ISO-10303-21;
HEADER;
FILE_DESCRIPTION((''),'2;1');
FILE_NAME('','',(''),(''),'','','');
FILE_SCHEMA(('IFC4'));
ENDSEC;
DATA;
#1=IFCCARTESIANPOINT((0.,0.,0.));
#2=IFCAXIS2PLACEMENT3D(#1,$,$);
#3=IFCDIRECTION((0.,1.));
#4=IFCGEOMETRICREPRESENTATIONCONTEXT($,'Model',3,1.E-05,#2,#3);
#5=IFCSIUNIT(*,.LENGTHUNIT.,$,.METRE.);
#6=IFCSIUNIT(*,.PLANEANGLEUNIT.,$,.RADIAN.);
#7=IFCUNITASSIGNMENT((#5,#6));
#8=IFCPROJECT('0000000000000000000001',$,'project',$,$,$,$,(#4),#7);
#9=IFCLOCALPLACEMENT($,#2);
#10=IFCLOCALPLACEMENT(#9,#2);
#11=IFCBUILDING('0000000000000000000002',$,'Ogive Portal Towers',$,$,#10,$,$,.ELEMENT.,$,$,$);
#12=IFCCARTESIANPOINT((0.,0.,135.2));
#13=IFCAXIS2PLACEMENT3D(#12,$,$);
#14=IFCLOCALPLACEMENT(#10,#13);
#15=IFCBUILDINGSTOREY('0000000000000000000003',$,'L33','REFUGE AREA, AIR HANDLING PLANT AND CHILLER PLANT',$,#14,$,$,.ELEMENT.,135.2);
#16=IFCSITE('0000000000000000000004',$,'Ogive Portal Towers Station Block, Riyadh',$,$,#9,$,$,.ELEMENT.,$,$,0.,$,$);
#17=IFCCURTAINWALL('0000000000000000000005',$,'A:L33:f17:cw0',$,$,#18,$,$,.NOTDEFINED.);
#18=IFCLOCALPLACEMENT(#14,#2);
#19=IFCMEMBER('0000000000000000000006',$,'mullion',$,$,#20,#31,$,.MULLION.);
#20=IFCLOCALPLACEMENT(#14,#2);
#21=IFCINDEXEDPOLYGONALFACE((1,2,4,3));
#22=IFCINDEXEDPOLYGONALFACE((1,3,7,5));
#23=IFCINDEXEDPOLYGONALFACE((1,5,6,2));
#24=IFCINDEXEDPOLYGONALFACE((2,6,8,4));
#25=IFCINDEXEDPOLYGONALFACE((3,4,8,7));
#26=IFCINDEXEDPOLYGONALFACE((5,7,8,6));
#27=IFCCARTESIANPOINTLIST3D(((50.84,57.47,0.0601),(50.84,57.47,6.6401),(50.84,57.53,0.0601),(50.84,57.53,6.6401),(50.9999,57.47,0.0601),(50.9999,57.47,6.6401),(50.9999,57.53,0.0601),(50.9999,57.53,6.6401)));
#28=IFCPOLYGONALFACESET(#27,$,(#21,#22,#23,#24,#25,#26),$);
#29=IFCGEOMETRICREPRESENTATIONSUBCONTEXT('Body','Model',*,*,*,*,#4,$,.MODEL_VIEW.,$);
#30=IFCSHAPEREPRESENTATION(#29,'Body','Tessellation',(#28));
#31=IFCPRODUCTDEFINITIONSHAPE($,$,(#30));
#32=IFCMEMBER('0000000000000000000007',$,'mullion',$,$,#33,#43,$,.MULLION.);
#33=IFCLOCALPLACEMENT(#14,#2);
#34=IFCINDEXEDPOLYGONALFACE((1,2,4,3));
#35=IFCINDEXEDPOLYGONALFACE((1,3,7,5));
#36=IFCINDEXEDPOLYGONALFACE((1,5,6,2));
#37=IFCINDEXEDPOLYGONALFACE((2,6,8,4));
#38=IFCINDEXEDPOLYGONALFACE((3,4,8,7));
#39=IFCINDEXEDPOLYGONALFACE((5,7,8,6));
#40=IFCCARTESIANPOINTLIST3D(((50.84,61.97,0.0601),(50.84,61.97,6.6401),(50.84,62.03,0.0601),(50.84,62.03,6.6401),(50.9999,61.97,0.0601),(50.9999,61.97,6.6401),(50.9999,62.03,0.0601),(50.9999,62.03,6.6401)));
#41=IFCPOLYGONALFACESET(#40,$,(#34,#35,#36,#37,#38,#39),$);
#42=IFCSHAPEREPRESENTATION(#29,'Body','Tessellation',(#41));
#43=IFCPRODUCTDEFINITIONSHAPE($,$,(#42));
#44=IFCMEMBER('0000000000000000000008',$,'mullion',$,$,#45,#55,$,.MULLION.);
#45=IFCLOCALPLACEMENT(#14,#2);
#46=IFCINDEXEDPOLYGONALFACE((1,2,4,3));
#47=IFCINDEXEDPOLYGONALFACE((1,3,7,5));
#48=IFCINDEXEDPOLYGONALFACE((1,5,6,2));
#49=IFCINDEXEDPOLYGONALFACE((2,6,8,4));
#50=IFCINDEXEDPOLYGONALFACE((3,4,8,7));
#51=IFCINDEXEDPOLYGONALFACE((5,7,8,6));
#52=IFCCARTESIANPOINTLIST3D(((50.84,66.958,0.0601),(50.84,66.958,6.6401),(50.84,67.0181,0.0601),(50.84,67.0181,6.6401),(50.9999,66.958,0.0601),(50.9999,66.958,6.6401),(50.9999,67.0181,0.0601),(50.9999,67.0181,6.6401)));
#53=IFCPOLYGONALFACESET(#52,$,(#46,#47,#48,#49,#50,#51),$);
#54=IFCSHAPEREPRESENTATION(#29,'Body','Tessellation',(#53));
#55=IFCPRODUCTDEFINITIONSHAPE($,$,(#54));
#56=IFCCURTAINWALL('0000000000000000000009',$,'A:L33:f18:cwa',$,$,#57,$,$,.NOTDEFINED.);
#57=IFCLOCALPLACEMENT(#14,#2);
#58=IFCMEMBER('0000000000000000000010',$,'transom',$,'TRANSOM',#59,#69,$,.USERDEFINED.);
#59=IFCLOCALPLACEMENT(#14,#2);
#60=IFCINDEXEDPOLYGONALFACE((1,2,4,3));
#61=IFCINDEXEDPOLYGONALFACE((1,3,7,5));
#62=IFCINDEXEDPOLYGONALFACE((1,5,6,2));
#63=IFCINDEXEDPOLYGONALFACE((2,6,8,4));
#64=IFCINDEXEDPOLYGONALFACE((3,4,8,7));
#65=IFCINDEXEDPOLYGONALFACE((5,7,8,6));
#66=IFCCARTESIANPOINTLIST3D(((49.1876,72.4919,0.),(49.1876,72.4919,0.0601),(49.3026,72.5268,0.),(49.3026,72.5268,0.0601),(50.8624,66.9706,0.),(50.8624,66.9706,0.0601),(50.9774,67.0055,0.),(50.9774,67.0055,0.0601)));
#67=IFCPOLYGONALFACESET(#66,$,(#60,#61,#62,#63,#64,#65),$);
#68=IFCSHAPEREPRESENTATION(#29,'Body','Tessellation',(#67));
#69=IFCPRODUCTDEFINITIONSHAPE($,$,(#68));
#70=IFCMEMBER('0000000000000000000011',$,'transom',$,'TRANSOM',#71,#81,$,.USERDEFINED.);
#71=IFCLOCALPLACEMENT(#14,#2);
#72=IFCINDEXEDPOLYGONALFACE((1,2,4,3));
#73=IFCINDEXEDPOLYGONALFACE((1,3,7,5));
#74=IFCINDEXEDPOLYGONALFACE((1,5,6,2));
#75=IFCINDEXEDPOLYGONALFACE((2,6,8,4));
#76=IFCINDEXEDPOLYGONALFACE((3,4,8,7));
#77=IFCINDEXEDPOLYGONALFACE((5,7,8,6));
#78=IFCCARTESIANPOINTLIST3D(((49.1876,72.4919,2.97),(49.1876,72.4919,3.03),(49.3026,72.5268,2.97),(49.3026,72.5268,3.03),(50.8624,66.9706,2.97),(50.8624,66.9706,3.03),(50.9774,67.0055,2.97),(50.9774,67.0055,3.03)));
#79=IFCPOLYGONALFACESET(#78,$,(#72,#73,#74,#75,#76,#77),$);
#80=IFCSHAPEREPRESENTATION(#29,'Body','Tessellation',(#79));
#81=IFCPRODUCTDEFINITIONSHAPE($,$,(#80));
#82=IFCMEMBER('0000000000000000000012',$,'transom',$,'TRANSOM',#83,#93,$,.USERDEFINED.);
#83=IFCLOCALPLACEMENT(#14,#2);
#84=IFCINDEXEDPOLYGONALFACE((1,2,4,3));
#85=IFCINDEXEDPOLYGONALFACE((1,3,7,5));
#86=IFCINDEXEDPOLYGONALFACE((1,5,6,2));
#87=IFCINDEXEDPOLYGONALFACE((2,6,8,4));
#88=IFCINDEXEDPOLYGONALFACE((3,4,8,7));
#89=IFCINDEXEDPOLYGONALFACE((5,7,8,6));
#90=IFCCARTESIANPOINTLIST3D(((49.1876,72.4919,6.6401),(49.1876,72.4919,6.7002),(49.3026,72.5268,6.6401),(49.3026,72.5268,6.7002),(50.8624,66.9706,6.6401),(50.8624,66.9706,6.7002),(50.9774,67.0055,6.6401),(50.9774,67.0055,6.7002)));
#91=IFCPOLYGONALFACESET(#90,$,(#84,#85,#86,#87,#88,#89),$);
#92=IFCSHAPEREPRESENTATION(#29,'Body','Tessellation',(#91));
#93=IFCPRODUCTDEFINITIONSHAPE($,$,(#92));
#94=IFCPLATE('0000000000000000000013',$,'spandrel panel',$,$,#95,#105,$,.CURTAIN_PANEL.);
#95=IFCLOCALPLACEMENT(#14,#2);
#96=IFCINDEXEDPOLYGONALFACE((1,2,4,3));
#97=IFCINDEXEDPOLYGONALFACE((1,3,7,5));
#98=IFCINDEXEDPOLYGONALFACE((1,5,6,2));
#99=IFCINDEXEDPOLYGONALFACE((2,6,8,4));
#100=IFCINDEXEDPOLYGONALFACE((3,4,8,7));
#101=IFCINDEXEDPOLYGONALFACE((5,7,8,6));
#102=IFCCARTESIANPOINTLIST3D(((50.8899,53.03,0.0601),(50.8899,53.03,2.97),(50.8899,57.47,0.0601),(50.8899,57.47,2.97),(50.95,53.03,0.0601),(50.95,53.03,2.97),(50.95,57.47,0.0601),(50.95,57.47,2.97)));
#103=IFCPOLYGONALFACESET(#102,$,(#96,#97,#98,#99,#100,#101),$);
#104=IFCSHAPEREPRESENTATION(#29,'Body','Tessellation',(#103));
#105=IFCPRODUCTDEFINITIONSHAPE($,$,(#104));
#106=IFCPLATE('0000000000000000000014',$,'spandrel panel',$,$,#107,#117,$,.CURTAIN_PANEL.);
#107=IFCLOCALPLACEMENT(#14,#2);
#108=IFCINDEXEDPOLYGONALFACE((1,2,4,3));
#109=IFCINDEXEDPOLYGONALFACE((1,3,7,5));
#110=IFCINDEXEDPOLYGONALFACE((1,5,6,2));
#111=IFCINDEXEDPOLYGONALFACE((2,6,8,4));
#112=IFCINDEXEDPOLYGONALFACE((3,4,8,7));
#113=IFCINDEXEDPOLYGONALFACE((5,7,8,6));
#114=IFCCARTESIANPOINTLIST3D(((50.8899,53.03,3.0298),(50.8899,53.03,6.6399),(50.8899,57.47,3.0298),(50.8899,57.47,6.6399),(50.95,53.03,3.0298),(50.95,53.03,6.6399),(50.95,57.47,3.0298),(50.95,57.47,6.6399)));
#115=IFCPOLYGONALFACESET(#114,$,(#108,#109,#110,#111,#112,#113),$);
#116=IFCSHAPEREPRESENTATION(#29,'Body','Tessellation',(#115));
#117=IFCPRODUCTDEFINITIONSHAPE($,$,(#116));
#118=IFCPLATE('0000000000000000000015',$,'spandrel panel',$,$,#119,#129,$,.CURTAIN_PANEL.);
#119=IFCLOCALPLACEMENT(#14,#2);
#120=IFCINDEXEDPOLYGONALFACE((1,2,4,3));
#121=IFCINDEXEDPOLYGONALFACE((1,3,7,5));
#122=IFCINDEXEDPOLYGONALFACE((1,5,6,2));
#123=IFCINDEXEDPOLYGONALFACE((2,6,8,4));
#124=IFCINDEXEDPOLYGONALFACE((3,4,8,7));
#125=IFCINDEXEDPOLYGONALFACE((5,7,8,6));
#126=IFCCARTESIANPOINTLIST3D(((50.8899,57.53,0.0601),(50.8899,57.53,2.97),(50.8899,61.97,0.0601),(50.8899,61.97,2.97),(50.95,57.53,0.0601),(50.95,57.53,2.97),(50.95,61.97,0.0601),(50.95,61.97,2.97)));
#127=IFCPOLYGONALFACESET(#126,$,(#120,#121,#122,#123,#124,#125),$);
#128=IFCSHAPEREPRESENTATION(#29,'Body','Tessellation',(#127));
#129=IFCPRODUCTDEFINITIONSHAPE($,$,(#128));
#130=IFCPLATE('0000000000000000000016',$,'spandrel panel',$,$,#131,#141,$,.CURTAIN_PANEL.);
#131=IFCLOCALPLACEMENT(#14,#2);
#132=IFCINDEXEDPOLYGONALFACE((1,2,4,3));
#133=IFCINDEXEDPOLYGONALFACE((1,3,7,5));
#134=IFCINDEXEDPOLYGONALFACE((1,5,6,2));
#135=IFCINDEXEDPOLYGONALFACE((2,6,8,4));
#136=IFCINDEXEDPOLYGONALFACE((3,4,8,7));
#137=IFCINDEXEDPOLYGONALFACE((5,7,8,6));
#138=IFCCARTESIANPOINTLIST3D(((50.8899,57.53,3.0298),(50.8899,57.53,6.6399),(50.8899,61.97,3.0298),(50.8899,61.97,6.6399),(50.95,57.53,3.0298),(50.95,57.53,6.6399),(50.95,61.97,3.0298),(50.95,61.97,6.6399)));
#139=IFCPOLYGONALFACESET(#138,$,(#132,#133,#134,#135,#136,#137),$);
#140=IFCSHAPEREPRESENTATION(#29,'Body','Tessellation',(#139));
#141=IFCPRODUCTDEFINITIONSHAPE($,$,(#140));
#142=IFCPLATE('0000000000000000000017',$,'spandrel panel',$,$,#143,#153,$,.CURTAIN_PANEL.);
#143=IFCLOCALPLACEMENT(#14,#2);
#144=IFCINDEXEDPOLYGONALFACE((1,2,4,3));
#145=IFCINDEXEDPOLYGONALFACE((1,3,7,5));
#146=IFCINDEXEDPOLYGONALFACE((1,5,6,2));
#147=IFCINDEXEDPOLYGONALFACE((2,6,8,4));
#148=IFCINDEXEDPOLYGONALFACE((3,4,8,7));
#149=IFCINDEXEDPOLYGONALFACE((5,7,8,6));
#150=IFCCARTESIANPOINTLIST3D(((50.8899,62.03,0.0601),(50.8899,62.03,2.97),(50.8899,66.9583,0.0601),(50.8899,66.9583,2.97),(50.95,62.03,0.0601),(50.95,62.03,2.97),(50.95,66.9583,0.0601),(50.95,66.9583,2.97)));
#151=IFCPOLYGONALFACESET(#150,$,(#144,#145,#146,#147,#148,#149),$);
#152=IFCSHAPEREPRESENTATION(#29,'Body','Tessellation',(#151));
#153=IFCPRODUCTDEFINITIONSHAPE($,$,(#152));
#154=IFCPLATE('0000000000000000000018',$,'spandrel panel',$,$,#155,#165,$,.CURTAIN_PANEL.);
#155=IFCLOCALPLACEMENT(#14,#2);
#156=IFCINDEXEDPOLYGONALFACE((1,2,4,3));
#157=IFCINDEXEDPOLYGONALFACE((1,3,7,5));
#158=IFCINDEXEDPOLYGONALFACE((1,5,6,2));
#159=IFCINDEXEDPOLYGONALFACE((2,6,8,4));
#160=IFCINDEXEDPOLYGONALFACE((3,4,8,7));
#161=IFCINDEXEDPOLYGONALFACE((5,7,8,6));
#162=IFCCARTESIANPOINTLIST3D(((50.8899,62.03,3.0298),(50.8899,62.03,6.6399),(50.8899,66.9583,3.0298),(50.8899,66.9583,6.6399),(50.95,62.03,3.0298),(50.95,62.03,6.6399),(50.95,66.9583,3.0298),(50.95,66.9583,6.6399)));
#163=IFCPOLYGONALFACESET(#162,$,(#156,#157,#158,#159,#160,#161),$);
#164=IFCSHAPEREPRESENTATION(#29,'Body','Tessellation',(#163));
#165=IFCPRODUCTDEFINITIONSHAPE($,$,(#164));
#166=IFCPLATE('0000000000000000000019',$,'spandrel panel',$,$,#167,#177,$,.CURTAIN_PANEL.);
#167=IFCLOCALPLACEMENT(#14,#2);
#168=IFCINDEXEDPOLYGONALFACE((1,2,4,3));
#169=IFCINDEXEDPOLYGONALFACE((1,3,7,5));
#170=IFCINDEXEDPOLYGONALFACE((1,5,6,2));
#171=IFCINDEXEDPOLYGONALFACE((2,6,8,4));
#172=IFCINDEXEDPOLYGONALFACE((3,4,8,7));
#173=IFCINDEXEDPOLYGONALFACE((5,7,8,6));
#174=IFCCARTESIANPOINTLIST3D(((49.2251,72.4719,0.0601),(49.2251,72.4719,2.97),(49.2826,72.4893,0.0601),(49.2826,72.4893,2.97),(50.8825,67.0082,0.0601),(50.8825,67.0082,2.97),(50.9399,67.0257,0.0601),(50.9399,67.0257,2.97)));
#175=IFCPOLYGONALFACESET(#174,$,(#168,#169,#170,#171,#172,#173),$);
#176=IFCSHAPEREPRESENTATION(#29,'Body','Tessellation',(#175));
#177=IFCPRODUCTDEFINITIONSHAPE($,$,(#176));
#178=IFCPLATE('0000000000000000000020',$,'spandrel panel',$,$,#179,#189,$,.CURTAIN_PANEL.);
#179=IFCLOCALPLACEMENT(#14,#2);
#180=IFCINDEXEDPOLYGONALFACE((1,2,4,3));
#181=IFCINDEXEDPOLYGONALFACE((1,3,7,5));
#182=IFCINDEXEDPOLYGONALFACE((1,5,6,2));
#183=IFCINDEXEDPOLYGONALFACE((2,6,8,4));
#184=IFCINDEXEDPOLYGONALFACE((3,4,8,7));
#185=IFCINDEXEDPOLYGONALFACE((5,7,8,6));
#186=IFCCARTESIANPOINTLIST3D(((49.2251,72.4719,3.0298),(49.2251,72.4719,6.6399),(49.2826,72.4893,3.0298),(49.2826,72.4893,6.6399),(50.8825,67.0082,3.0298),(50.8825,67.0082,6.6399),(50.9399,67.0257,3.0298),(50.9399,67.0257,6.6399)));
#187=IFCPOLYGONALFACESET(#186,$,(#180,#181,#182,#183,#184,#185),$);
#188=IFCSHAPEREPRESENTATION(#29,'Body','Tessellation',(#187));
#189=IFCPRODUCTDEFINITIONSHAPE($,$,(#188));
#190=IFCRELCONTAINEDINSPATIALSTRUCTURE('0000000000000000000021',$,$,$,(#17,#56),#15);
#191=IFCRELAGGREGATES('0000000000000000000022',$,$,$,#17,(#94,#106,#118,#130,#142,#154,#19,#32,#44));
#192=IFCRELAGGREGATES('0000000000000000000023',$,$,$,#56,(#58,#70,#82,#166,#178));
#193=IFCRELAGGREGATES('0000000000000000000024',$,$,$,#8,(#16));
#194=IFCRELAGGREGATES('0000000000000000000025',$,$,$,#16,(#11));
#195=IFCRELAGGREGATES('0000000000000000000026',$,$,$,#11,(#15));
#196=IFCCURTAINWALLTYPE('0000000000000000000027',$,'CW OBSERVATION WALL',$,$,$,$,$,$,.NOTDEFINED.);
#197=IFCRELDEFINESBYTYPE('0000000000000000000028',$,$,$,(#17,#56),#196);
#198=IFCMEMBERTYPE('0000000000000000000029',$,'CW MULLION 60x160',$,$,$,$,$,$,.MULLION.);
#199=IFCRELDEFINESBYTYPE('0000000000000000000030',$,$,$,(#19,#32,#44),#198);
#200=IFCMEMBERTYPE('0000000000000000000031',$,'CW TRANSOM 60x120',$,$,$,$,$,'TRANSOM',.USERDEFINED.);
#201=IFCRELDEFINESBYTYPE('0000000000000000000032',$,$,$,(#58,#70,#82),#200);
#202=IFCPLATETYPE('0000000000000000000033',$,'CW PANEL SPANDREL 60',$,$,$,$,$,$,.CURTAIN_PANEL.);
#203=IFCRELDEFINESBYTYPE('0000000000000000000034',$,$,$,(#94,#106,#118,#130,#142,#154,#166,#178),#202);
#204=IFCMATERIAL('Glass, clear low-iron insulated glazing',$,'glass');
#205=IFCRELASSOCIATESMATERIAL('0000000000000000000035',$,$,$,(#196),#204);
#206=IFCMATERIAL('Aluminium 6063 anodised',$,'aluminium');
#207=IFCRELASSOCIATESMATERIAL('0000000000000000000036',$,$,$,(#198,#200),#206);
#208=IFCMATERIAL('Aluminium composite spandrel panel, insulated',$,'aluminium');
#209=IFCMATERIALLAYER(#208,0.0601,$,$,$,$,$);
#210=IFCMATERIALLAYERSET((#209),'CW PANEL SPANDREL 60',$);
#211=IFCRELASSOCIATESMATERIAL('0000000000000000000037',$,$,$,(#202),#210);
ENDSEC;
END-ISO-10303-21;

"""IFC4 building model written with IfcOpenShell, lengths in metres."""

from ifc_helpers import new_model, si_unit, direction, frame, origin, origin_2d, place, context, subcontext, project, spatial, rectangle, extrude, material, layer, layer_set, material_profile, profile_set, type_object, element, aggregate, save


model = new_model("IFC4")

# Units and contexts
model_context = context("Model", 3, precision=1e-05, world=origin(), true_north=direction((0.0, 1.0)))
body_context = subcontext(model_context, "Body", "Model", "MODEL_VIEW")
ifc_project = project(units=[si_unit("LENGTHUNIT", "METRE"), si_unit("PLANEANGLEUNIT", "RADIAN")], contexts=[model_context])

# Site, building, storey
site_placement = place(None, origin())
site = spatial("IfcSite", under=ifc_project, at=site_placement, Name="Ogive Portal Towers Station Block, Riyadh", CompositionType="ELEMENT", RefElevation=0.0)
building_placement = place(site_placement, origin())
building = spatial("IfcBuilding", under=site, at=building_placement, Name="Ogive Portal Towers", CompositionType="ELEMENT")
storey_placement = place(building_placement, frame((0.0, 0.0, 135.2)))
storey = spatial("IfcBuildingStorey", under=building, at=storey_placement, Name="L33", Description="REFUGE AREA, AIR HANDLING PLANT AND CHILLER PLANT", CompositionType="ELEMENT", Elevation=135.2)

# Curtain walls, members
ifc_material_1 = material(Name="Glass, clear low-iron insulated glazing", Category="glass")
curtain_wall_type = type_object("IfcCurtainWallType", Name="CW OBSERVATION WALL", PredefinedType="NOTDEFINED", material=ifc_material_1)
curtain_wall_1_placement = place(storey_placement, origin())
curtain_wall_1 = element("IfcCurtainWall", 1, at=curtain_wall_1_placement, inside=storey, type_object=curtain_wall_type, Name="A:L33:f17:cw0", PredefinedType="NOTDEFINED")
ifc_material_2 = material(Name="Aluminium 6063 anodised", Category="aluminium")
ifc_material_profile_1 = material_profile(ifc_material_2, rectangle(XDim=0.1599, YDim=0.0601, at=origin_2d()), Name="AL 60x160")
ifc_profile_set_1 = profile_set([ifc_material_profile_1], Name="Aluminium 6063 anodised")
member_type_1 = type_object("IfcMemberType", Name="CW MULLION 60x160", PredefinedType="MULLION", material=ifc_profile_set_1)
member_1_placement = place(storey_placement, frame((50.9199, 57.5, 0.0601), z_axis=(0.0, 0.0, 1.0), x_axis=(-1.0, 0.0, 0.0)))
member_1 = element("IfcMember", 2, at=member_1_placement, type_object=member_type_1, Name="mullion", PredefinedType="MULLION", context=body_context, shape_type="SweptSolid", body=[
    extrude(rectangle(XDim=0.1599, YDim=0.0601, at=origin_2d()), origin(), (0.0, 0.0, 1.0), 6.5801),
])
member_2_placement = place(storey_placement, frame((50.9199, 62.0, 0.0601), z_axis=(0.0, 0.0, 1.0), x_axis=(-1.0, 0.0, 0.0)))
member_2 = element("IfcMember", 3, at=member_2_placement, type_object=member_type_1, Name="mullion", PredefinedType="MULLION", context=body_context, shape_type="SweptSolid", body=[
    extrude(rectangle(XDim=0.1599, YDim=0.0601, at=origin_2d()), origin(), (0.0, 0.0, 1.0), 6.5801),
])
member_3_placement = place(storey_placement, frame((50.9199, 66.988, 0.0601), z_axis=(0.0, 0.0, 1.0), x_axis=(-1.0, 0.0, 0.0)))
member_3 = element("IfcMember", 4, at=member_3_placement, type_object=member_type_1, Name="mullion", PredefinedType="MULLION", context=body_context, shape_type="SweptSolid", body=[
    extrude(rectangle(XDim=0.1599, YDim=0.0601, at=origin_2d()), origin(), (0.0, 0.0, 1.0), 6.5801),
])
curtain_wall_2_placement = place(storey_placement, origin())
curtain_wall_2 = element("IfcCurtainWall", 5, at=curtain_wall_2_placement, inside=storey, type_object=curtain_wall_type, Name="A:L33:f18:cwa", PredefinedType="NOTDEFINED")
ifc_material_profile_2 = material_profile(ifc_material_2, rectangle(XDim=0.1201, YDim=0.0601, at=origin_2d()), Name="AL 120x60")
ifc_profile_set_2 = profile_set([ifc_material_profile_2], Name="Aluminium 6063 anodised")
member_type_2 = type_object("IfcMemberType", Name="CW TRANSOM 60x120", ElementType="TRANSOM", PredefinedType="USERDEFINED", material=ifc_profile_set_2)
member_4_placement = place(storey_placement, frame((50.9199, 66.988, 0.03), z_axis=(-0.290277, 0.956943, 0.0), x_axis=(-0.956943, -0.290277, 0.0)))
member_4 = element("IfcMember", 6, at=member_4_placement, type_object=member_type_2, Name="transom", ObjectType="TRANSOM", PredefinedType="USERDEFINED", context=body_context, shape_type="SweptSolid", body=[
    extrude(rectangle(XDim=0.1201, YDim=0.0601, at=origin_2d()), origin(), (0.0, 0.0, 1.0), 5.7698),
])
member_5_placement = place(storey_placement, frame((50.9199, 66.988, 3.0), z_axis=(-0.290277, 0.956943, 0.0), x_axis=(-0.956943, -0.290277, 0.0)))
member_5 = element("IfcMember", 7, at=member_5_placement, type_object=member_type_2, Name="transom", ObjectType="TRANSOM", PredefinedType="USERDEFINED", context=body_context, shape_type="SweptSolid", body=[
    extrude(rectangle(XDim=0.1201, YDim=0.0601, at=origin_2d()), origin(), (0.0, 0.0, 1.0), 5.7698),
])
member_6_placement = place(storey_placement, frame((50.9199, 66.988, 6.6702), z_axis=(-0.290277, 0.956943, 0.0), x_axis=(-0.956943, -0.290277, 0.0)))
member_6 = element("IfcMember", 8, at=member_6_placement, type_object=member_type_2, Name="transom", ObjectType="TRANSOM", PredefinedType="USERDEFINED", context=body_context, shape_type="SweptSolid", body=[
    extrude(rectangle(XDim=0.1201, YDim=0.0601, at=origin_2d()), origin(), (0.0, 0.0, 1.0), 5.7698),
])

# Plates
ifc_material_3 = material(Name="Aluminium composite spandrel panel, insulated", Category="aluminium")
ifc_layer_1 = layer(ifc_material_3, 0.0601)
ifc_layer_set_1 = layer_set([ifc_layer_1], Name="CW PANEL SPANDREL 60")
plate_type = type_object("IfcPlateType", Name="CW PANEL SPANDREL 60", PredefinedType="CURTAIN_PANEL", material=ifc_layer_set_1)
plate_1_placement = place(storey_placement, frame((50.9199, 55.25, 0.0601), z_axis=(0.0, 0.0, 1.0), x_axis=(0.0, 1.0, 0.0)))
plate_1 = element("IfcPlate", 9, at=plate_1_placement, type_object=plate_type, Name="spandrel panel", PredefinedType="CURTAIN_PANEL", context=body_context, shape_type="SweptSolid", body=[
    extrude(rectangle(XDim=4.4399, YDim=0.0601, at=origin_2d()), origin(), (0.0, 0.0, 1.0), 2.9099),
])
plate_2_placement = place(storey_placement, frame((50.9199, 55.25, 3.0298), z_axis=(0.0, 0.0, 1.0), x_axis=(0.0, 1.0, 0.0)))
plate_2 = element("IfcPlate", 10, at=plate_2_placement, type_object=plate_type, Name="spandrel panel", PredefinedType="CURTAIN_PANEL", context=body_context, shape_type="SweptSolid", body=[
    extrude(rectangle(XDim=4.4399, YDim=0.0601, at=origin_2d()), origin(), (0.0, 0.0, 1.0), 3.6101),
])
plate_3_placement = place(storey_placement, frame((50.9199, 59.75, 0.0601), z_axis=(0.0, 0.0, 1.0), x_axis=(0.0, 1.0, 0.0)))
plate_3 = element("IfcPlate", 11, at=plate_3_placement, type_object=plate_type, Name="spandrel panel", PredefinedType="CURTAIN_PANEL", context=body_context, shape_type="SweptSolid", body=[
    extrude(rectangle(XDim=4.4399, YDim=0.0601, at=origin_2d()), origin(), (0.0, 0.0, 1.0), 2.9099),
])
plate_4_placement = place(storey_placement, frame((50.9199, 59.75, 3.0298), z_axis=(0.0, 0.0, 1.0), x_axis=(0.0, 1.0, 0.0)))
plate_4 = element("IfcPlate", 12, at=plate_4_placement, type_object=plate_type, Name="spandrel panel", PredefinedType="CURTAIN_PANEL", context=body_context, shape_type="SweptSolid", body=[
    extrude(rectangle(XDim=4.4399, YDim=0.0601, at=origin_2d()), origin(), (0.0, 0.0, 1.0), 3.6101),
])
plate_5_placement = place(storey_placement, frame((50.9199, 64.4941, 0.0601), z_axis=(0.0, 0.0, 1.0), x_axis=(0.0, 1.0, 0.0)))
plate_5 = element("IfcPlate", 13, at=plate_5_placement, type_object=plate_type, Name="spandrel panel", PredefinedType="CURTAIN_PANEL", context=body_context, shape_type="SweptSolid", body=[
    extrude(rectangle(XDim=4.9282, YDim=0.0601, at=origin_2d()), origin(), (0.0, 0.0, 1.0), 2.9099),
])
plate_6_placement = place(storey_placement, frame((50.9199, 64.4941, 3.0298), z_axis=(0.0, 0.0, 1.0), x_axis=(0.0, 1.0, 0.0)))
plate_6 = element("IfcPlate", 14, at=plate_6_placement, type_object=plate_type, Name="spandrel panel", PredefinedType="CURTAIN_PANEL", context=body_context, shape_type="SweptSolid", body=[
    extrude(rectangle(XDim=4.9282, YDim=0.0601, at=origin_2d()), origin(), (0.0, 0.0, 1.0), 3.6101),
])
aggregate(curtain_wall_1, [plate_1, plate_2, plate_3, plate_4, plate_5, plate_6, member_1, member_2, member_3])
plate_7_placement = place(storey_placement, frame((50.0825, 69.7488, 0.0601), z_axis=(0.0, 0.0, 1.0), x_axis=(-0.290285, 0.95694, 0.0)))
plate_7 = element("IfcPlate", 15, at=plate_7_placement, type_object=plate_type, Name="spandrel panel", PredefinedType="CURTAIN_PANEL", context=body_context, shape_type="SweptSolid", body=[
    extrude(rectangle(XDim=5.7095, YDim=0.0601, at=origin_2d()), origin(), (0.0, 0.0, 1.0), 2.9099),
])
plate_8_placement = place(storey_placement, frame((50.0825, 69.7488, 3.0298), z_axis=(0.0, 0.0, 1.0), x_axis=(-0.290285, 0.95694, 0.0)))
plate_8 = element("IfcPlate", 16, at=plate_8_placement, type_object=plate_type, Name="spandrel panel", PredefinedType="CURTAIN_PANEL", context=body_context, shape_type="SweptSolid", body=[
    extrude(rectangle(XDim=5.7095, YDim=0.0601, at=origin_2d()), origin(), (0.0, 0.0, 1.0), 3.6101),
])
aggregate(curtain_wall_2, [member_4, member_5, member_6, plate_7, plate_8])

save(model, "model.ifc")
